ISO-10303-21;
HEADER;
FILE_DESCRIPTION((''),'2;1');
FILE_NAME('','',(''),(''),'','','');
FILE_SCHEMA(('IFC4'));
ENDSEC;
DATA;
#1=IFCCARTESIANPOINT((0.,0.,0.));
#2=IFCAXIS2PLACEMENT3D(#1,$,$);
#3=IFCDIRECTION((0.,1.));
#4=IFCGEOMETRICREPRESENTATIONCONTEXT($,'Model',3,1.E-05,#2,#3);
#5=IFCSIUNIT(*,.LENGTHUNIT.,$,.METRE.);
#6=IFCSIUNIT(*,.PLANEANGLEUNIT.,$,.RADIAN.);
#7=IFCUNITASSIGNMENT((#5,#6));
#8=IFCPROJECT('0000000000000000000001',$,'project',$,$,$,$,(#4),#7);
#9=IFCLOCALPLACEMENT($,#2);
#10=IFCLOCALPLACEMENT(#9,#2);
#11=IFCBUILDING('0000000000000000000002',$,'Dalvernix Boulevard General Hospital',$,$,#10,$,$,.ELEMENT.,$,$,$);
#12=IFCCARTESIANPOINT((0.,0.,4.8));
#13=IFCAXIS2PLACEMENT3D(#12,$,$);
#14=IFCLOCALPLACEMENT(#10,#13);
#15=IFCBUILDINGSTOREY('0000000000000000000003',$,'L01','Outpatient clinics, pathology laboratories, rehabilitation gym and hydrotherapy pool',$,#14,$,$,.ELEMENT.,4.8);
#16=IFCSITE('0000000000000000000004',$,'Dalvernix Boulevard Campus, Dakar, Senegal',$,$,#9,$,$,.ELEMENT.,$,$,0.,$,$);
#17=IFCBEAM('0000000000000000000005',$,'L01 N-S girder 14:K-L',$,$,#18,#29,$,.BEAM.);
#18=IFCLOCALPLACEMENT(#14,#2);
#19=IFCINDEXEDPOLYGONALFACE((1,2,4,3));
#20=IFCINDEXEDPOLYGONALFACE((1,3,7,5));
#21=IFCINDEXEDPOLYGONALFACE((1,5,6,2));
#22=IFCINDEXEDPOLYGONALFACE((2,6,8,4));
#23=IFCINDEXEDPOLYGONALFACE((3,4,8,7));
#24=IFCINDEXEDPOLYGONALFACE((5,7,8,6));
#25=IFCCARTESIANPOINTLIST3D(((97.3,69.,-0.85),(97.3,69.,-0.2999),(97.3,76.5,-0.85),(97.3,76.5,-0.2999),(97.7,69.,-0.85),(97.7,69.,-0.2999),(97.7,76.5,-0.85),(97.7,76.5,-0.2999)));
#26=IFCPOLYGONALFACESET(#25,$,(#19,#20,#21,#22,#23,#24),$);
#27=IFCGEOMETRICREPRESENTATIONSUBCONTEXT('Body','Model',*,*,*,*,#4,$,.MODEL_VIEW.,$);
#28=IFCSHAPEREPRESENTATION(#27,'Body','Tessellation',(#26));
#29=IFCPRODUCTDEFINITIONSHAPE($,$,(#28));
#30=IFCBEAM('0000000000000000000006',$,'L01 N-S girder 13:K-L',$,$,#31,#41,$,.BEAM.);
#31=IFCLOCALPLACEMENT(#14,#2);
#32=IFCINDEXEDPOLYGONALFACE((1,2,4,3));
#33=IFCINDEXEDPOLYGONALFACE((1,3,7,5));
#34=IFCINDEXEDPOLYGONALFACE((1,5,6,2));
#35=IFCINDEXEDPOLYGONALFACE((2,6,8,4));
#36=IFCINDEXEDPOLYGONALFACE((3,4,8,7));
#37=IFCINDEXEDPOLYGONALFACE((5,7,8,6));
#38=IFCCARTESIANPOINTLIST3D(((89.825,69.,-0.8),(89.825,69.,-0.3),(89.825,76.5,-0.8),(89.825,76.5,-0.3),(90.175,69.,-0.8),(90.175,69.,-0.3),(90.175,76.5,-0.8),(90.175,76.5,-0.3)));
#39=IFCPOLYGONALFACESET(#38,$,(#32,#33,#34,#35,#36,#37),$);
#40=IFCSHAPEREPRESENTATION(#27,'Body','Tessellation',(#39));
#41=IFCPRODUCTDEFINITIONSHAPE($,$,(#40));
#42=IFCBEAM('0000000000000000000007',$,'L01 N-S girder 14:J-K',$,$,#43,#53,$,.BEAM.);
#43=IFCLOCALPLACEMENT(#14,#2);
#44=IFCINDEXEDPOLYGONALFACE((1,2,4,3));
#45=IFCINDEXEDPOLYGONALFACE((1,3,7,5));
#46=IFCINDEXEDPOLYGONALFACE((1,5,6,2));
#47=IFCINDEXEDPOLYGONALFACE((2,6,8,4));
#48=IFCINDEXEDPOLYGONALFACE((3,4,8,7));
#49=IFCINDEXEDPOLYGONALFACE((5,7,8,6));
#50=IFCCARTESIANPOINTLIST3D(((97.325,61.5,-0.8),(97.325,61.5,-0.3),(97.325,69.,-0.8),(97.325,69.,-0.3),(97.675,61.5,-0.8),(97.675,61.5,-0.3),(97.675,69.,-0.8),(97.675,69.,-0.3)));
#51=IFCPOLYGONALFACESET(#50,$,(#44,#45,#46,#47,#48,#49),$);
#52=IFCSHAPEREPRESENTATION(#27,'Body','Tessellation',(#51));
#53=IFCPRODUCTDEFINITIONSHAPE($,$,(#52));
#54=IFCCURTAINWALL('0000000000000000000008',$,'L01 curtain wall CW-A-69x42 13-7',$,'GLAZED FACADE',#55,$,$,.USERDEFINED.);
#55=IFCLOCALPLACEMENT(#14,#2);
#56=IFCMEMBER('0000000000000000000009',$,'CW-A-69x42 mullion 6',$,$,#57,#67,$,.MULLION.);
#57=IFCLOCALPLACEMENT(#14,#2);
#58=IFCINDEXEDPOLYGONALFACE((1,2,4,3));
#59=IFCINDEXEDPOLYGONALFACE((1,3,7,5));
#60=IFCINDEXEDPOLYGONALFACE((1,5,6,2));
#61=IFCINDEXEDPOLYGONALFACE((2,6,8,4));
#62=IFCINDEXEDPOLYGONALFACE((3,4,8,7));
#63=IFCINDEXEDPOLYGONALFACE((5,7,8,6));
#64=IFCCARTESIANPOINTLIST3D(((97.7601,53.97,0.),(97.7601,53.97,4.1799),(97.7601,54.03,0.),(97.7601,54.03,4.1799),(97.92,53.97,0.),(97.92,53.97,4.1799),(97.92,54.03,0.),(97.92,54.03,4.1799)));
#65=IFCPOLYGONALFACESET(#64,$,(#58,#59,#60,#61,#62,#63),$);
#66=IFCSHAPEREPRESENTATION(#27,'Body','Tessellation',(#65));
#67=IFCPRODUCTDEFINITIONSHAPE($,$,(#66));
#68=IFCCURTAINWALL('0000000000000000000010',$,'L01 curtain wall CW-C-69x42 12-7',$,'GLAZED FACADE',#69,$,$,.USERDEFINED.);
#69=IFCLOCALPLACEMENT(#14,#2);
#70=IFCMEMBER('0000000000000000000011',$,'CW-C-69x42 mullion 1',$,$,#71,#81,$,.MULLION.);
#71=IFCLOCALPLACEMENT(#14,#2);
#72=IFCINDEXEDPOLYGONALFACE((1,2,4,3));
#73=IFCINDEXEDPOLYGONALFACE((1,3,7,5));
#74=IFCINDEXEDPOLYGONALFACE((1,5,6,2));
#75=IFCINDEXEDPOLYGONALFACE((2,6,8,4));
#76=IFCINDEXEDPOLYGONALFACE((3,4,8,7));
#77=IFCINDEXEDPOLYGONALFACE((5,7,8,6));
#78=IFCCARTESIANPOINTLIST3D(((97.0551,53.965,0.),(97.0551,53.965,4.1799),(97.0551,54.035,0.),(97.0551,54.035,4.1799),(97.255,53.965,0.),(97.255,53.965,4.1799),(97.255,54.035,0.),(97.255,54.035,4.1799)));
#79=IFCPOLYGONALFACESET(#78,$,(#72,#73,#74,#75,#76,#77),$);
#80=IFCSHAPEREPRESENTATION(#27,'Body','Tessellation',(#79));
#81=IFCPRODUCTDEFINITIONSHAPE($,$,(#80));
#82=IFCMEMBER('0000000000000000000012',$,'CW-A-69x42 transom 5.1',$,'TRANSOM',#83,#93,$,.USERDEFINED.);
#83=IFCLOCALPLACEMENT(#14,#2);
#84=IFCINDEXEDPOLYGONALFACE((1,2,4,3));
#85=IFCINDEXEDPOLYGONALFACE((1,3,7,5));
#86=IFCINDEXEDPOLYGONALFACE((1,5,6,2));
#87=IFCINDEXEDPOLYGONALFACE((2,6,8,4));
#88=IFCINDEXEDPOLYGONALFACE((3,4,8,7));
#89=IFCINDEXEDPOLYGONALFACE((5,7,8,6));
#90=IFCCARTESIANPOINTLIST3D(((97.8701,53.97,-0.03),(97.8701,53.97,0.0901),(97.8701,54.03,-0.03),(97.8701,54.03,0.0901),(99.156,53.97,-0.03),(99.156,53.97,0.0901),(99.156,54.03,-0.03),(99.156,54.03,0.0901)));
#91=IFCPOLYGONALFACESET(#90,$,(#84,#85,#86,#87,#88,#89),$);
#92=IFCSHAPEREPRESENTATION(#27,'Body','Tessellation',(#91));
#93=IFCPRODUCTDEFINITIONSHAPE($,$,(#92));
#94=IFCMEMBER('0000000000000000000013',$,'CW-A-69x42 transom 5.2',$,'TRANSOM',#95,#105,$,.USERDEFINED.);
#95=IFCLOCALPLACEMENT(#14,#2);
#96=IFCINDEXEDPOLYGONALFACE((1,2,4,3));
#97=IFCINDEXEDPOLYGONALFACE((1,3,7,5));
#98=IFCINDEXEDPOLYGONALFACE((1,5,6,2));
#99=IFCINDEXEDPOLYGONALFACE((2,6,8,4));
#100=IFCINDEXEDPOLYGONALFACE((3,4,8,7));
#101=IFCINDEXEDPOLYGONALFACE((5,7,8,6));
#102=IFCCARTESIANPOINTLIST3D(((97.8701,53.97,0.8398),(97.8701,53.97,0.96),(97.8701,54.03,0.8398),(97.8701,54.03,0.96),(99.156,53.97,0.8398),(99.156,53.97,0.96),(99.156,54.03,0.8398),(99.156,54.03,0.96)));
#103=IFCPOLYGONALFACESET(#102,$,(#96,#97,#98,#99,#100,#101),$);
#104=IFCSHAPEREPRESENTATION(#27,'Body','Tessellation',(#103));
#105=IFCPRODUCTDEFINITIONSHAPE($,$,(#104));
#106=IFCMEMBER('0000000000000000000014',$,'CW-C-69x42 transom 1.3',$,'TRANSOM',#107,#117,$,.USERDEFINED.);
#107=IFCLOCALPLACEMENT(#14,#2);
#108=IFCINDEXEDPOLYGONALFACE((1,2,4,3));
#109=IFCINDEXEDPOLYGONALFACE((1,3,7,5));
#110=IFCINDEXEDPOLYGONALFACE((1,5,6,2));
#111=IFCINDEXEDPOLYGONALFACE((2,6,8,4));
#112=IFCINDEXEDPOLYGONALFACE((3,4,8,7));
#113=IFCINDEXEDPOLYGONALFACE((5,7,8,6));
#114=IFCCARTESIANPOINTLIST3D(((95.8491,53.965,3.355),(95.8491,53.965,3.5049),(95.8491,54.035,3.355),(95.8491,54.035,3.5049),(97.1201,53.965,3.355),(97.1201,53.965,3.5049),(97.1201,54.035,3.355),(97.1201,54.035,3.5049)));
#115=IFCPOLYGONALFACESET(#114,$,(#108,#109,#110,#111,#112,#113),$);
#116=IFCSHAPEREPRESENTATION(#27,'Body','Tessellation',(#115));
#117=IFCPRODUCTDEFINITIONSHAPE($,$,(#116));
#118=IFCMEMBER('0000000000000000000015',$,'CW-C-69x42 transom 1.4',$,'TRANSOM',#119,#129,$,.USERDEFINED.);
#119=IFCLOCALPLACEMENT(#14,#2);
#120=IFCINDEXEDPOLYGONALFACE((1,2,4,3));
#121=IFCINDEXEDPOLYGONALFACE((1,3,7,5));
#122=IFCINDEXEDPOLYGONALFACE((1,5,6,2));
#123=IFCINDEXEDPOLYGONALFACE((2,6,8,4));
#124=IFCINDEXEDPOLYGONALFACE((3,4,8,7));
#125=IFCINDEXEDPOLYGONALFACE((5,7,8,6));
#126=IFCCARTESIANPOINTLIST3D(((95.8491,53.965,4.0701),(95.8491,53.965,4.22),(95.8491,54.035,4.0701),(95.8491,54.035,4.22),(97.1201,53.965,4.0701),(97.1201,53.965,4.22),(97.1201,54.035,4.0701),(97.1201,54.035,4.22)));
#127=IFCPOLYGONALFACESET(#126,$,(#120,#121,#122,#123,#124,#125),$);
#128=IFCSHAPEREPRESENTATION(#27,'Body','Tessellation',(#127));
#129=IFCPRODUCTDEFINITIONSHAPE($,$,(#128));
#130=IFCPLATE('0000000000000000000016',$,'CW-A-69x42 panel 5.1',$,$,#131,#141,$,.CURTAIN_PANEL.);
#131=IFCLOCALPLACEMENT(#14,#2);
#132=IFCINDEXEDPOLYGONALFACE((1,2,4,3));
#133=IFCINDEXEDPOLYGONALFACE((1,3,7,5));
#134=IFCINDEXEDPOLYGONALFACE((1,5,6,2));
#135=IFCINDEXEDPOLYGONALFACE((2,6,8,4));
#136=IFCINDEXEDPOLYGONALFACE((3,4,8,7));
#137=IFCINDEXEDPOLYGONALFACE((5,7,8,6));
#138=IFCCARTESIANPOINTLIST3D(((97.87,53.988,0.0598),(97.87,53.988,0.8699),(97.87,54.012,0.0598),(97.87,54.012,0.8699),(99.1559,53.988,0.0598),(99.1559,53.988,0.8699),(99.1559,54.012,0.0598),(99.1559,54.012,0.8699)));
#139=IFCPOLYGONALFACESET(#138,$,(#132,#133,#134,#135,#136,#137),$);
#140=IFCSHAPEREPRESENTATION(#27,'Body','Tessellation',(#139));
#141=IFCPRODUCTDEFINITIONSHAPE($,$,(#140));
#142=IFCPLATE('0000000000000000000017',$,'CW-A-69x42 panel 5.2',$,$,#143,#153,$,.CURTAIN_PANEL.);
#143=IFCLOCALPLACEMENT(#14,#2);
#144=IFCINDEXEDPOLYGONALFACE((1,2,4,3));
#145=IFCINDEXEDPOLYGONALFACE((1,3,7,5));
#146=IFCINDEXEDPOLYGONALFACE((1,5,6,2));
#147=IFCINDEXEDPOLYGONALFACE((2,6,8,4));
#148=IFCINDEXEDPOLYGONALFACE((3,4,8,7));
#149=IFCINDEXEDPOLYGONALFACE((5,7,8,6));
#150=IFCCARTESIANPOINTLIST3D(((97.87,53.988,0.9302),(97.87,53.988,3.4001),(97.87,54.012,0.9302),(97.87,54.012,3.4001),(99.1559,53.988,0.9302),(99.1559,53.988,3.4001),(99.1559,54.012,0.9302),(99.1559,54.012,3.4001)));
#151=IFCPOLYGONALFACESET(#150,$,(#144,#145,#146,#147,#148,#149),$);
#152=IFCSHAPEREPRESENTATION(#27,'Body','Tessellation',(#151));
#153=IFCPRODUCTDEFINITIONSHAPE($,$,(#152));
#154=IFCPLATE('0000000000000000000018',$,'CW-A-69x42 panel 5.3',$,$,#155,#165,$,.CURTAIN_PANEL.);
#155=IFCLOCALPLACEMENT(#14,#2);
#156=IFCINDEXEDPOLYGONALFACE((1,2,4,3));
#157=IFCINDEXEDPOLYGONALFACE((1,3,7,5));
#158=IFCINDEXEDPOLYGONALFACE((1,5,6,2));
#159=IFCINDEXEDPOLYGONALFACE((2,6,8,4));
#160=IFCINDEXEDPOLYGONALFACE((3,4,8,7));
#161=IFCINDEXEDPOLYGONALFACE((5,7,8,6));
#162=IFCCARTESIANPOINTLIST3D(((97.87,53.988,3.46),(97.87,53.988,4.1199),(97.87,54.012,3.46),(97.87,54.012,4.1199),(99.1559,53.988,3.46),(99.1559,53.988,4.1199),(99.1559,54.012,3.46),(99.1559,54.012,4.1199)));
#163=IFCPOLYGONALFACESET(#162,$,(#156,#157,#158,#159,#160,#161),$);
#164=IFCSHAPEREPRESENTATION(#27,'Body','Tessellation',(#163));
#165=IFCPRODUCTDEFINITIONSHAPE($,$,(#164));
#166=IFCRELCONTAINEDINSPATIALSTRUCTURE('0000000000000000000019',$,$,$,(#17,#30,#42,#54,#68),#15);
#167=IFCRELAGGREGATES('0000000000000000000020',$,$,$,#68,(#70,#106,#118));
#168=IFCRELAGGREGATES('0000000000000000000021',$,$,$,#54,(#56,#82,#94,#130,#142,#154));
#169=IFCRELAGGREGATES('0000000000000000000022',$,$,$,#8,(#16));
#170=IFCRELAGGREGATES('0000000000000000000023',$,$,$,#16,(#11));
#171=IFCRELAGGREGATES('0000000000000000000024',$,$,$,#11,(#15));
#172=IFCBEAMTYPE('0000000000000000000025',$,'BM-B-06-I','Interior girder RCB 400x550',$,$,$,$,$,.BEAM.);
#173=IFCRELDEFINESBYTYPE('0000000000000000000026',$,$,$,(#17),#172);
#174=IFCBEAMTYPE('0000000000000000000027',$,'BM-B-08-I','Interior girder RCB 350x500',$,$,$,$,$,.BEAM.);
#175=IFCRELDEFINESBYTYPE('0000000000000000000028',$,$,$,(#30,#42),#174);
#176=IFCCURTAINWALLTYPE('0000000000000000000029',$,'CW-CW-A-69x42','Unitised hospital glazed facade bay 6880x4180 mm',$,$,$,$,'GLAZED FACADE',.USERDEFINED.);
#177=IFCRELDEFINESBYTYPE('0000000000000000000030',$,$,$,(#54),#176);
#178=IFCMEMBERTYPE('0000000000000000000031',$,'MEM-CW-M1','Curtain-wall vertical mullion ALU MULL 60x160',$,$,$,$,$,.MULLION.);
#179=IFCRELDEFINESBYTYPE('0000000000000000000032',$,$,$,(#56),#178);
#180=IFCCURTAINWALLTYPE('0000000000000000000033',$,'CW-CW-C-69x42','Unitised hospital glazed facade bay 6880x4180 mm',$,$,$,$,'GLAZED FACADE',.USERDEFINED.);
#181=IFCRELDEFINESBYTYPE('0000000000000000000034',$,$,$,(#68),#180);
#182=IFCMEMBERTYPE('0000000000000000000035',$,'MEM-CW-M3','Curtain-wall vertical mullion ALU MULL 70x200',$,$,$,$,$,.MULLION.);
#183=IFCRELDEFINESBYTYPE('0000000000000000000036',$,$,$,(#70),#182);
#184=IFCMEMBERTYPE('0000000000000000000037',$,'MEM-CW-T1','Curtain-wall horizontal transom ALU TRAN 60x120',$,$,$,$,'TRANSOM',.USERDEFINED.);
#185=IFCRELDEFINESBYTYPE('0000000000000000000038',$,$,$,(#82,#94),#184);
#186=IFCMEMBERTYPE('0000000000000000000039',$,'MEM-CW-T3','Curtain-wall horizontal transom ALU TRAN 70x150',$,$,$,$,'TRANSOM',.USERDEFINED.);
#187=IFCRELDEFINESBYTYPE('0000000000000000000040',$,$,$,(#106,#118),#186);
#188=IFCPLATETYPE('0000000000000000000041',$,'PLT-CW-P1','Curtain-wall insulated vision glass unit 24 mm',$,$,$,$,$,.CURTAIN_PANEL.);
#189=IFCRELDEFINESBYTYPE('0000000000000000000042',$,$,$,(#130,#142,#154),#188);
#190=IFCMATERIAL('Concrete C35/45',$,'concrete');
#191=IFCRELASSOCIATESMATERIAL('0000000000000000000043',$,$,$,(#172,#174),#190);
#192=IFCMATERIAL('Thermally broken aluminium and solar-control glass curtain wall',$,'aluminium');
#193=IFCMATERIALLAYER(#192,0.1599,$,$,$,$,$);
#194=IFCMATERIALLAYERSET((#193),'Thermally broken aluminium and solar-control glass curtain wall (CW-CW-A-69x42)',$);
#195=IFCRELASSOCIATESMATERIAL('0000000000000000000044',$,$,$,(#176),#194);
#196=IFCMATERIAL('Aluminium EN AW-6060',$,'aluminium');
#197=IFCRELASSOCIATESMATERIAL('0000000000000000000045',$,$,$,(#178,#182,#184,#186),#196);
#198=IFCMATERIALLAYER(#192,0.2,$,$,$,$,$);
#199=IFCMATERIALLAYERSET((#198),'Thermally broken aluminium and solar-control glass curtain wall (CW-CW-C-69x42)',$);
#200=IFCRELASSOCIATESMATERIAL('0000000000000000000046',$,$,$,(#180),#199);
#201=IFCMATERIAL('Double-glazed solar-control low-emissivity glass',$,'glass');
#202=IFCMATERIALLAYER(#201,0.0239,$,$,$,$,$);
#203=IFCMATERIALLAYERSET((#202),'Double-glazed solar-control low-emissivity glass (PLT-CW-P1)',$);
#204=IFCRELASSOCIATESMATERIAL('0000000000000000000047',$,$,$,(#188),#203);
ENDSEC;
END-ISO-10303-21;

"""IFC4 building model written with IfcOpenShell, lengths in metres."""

from ifc_helpers import new_model, si_unit, direction, frame, origin, origin_2d, place, context, subcontext, project, spatial, rectangle, extrude, material, layer, layer_set, material_profile, profile_set, type_object, element, aggregate, save


model = new_model("IFC4")

# Units and contexts
model_context = context("Model", 3, precision=1e-05, world=origin(), true_north=direction((0.0, 1.0)))
body_context = subcontext(model_context, "Body", "Model", "MODEL_VIEW")
ifc_project = project(units=[si_unit("LENGTHUNIT", "METRE"), si_unit("PLANEANGLEUNIT", "RADIAN")], contexts=[model_context])

# Site, building, storey
site_placement = place(None, origin())
site = spatial("IfcSite", under=ifc_project, at=site_placement, Name="Dalvernix Boulevard Campus, Dakar, Senegal", CompositionType="ELEMENT", RefElevation=0.0)
building_placement = place(site_placement, origin())
building = spatial("IfcBuilding", under=site, at=building_placement, Name="Dalvernix Boulevard General Hospital", CompositionType="ELEMENT")
storey_placement = place(building_placement, frame((0.0, 0.0, 4.8)))
storey = spatial("IfcBuildingStorey", under=building, at=storey_placement, Name="L01", Description="Outpatient clinics, pathology laboratories, rehabilitation gym and hydrotherapy pool", CompositionType="ELEMENT", Elevation=4.8)

# Beams
ifc_material_1 = material(Name="Concrete C35/45", Category="concrete")
ifc_material_profile_1 = material_profile(ifc_material_1, rectangle(XDim=0.3999, YDim=0.55, at=origin_2d()), Name="RCB 400x550")
ifc_profile_set_1 = profile_set([ifc_material_profile_1], Name="Concrete C35/45")
beam_type_1 = type_object("IfcBeamType", Name="BM-B-06-I", Description="Interior girder RCB 400x550", PredefinedType="BEAM", material=ifc_profile_set_1)
for number, where, z_axis, x_axis, name in (
    (1, (97.5, 69.0, -0.575), (0.0, 1.0, 0.0), (-1.0, 0.0, 0.0), "L01 N-S girder 14:K-L"),
):
    element("IfcBeam", number, at=place(storey_placement, frame(where, z_axis=z_axis, x_axis=x_axis)), inside=storey, type_object=beam_type_1, Name=name, PredefinedType="BEAM", context=body_context, shape_type="SweptSolid", body=[
        extrude(rectangle(XDim=0.3999, YDim=0.55, at=origin_2d()), origin(), (0.0, 0.0, 1.0), 7.5),
    ])
ifc_material_profile_2 = material_profile(ifc_material_1, rectangle(XDim=0.3501, YDim=0.5, at=origin_2d()), Name="RCB 350x500")
ifc_profile_set_2 = profile_set([ifc_material_profile_2], Name="Concrete C35/45")
beam_type_2 = type_object("IfcBeamType", Name="BM-B-08-I", Description="Interior girder RCB 350x500", PredefinedType="BEAM", material=ifc_profile_set_2)
for number, where, z_axis, x_axis, name in (
    (2, (90.0, 69.0, -0.55), (0.0, 1.0, 0.0), (-1.0, 0.0, 0.0), "L01 N-S girder 13:K-L"),
    (3, (97.5, 61.5, -0.55), (0.0, 1.0, 0.0), (-1.0, 0.0, 0.0), "L01 N-S girder 14:J-K"),
):
    element("IfcBeam", number, at=place(storey_placement, frame(where, z_axis=z_axis, x_axis=x_axis)), inside=storey, type_object=beam_type_2, Name=name, PredefinedType="BEAM", context=body_context, shape_type="SweptSolid", body=[
        extrude(rectangle(XDim=0.3501, YDim=0.5, at=origin_2d()), origin(), (0.0, 0.0, 1.0), 7.5),
    ])

# Curtain walls, members
ifc_material_2 = material(Name="Thermally broken aluminium and solar-control glass curtain wall", Category="aluminium")
ifc_layer_1 = layer(ifc_material_2, 0.1599)
ifc_layer_set_1 = layer_set([ifc_layer_1], Name="Thermally broken aluminium and solar-control glass curtain wall (CW-CW-A-69x42)")
curtain_wall_type_1 = type_object("IfcCurtainWallType", Name="CW-CW-A-69x42", Description="Unitised hospital glazed facade bay 6880x4180 mm", ElementType="GLAZED FACADE", PredefinedType="USERDEFINED", material=ifc_layer_set_1)
curtain_wall_1_placement = place(storey_placement, origin())
curtain_wall_1 = element("IfcCurtainWall", 4, at=curtain_wall_1_placement, inside=storey, type_object=curtain_wall_type_1, Name="L01 curtain wall CW-A-69x42 13-7", ObjectType="GLAZED FACADE", PredefinedType="USERDEFINED")
ifc_material_3 = material(Name="Aluminium EN AW-6060", Category="aluminium")
ifc_material_profile_3 = material_profile(ifc_material_3, rectangle(XDim=0.0601, YDim=0.1599, at=origin_2d()), Name="ALU MULL 60x160")
ifc_profile_set_3 = profile_set([ifc_material_profile_3], Name="Aluminium EN AW-6060")
member_type_1 = type_object("IfcMemberType", Name="MEM-CW-M1", Description="Curtain-wall vertical mullion ALU MULL 60x160", PredefinedType="MULLION", material=ifc_profile_set_3)
member_1_placement = place(storey_placement, frame((97.8401, 54.0, 0.0), z_axis=(0.0, 0.0, 1.0), x_axis=(0.0, -1.0, 0.0)))
member_1 = element("IfcMember", 5, at=member_1_placement, type_object=member_type_1, Name="CW-A-69x42 mullion 6", PredefinedType="MULLION", context=body_context, shape_type="SweptSolid", body=[
    extrude(rectangle(XDim=0.0601, YDim=0.1599, at=origin_2d()), origin(), (0.0, 0.0, 1.0), 4.1799),
])
ifc_layer_2 = layer(ifc_material_2, 0.2)
ifc_layer_set_2 = layer_set([ifc_layer_2], Name="Thermally broken aluminium and solar-control glass curtain wall (CW-CW-C-69x42)")
curtain_wall_type_2 = type_object("IfcCurtainWallType", Name="CW-CW-C-69x42", Description="Unitised hospital glazed facade bay 6880x4180 mm", ElementType="GLAZED FACADE", PredefinedType="USERDEFINED", material=ifc_layer_set_2)
curtain_wall_2_placement = place(storey_placement, origin())
curtain_wall_2 = element("IfcCurtainWall", 6, at=curtain_wall_2_placement, inside=storey, type_object=curtain_wall_type_2, Name="L01 curtain wall CW-C-69x42 12-7", ObjectType="GLAZED FACADE", PredefinedType="USERDEFINED")
ifc_material_profile_4 = material_profile(ifc_material_3, rectangle(XDim=0.0701, YDim=0.2, at=origin_2d()), Name="ALU MULL 70x200")
ifc_profile_set_4 = profile_set([ifc_material_profile_4], Name="Aluminium EN AW-6060")
member_type_2 = type_object("IfcMemberType", Name="MEM-CW-M3", Description="Curtain-wall vertical mullion ALU MULL 70x200", PredefinedType="MULLION", material=ifc_profile_set_4)
member_2_placement = place(storey_placement, frame((97.155, 54.0, 0.0), z_axis=(0.0, 0.0, 1.0), x_axis=(0.0, -1.0, 0.0)))
member_2 = element("IfcMember", 7, at=member_2_placement, type_object=member_type_2, Name="CW-C-69x42 mullion 1", PredefinedType="MULLION", context=body_context, shape_type="SweptSolid", body=[
    extrude(rectangle(XDim=0.0701, YDim=0.2, at=origin_2d()), origin(), (0.0, 0.0, 1.0), 4.1799),
])

# Members
ifc_material_profile_5 = material_profile(ifc_material_3, rectangle(XDim=0.0601, YDim=0.1201, at=origin_2d()), Name="ALU TRAN 60x120")
ifc_profile_set_5 = profile_set([ifc_material_profile_5], Name="Aluminium EN AW-6060")
member_type_3 = type_object("IfcMemberType", Name="MEM-CW-T1", Description="Curtain-wall horizontal transom ALU TRAN 60x120", ElementType="TRANSOM", PredefinedType="USERDEFINED", material=ifc_profile_set_5)
member_3_placement = place(storey_placement, frame((99.156, 54.0, 0.03), z_axis=(-1.0, 0.0, 0.0), x_axis=(0.0, -1.0, 0.0)))
member_3 = element("IfcMember", 8, at=member_3_placement, type_object=member_type_3, Name="CW-A-69x42 transom 5.1", ObjectType="TRANSOM", PredefinedType="USERDEFINED", context=body_context, shape_type="SweptSolid", body=[
    extrude(rectangle(XDim=0.0601, YDim=0.1201, at=origin_2d()), origin(), (0.0, 0.0, 1.0), 1.2859),
])
member_4_placement = place(storey_placement, frame((99.156, 54.0, 0.8999), z_axis=(-1.0, 0.0, 0.0), x_axis=(0.0, -1.0, 0.0)))
member_4 = element("IfcMember", 9, at=member_4_placement, type_object=member_type_3, Name="CW-A-69x42 transom 5.2", ObjectType="TRANSOM", PredefinedType="USERDEFINED", context=body_context, shape_type="SweptSolid", body=[
    extrude(rectangle(XDim=0.0601, YDim=0.1201, at=origin_2d()), origin(), (0.0, 0.0, 1.0), 1.2859),
])
ifc_material_profile_6 = material_profile(ifc_material_3, rectangle(XDim=0.0701, YDim=0.1499, at=origin_2d()), Name="ALU TRAN 70x150")
ifc_profile_set_6 = profile_set([ifc_material_profile_6], Name="Aluminium EN AW-6060")
member_type_4 = type_object("IfcMemberType", Name="MEM-CW-T3", Description="Curtain-wall horizontal transom ALU TRAN 70x150", ElementType="TRANSOM", PredefinedType="USERDEFINED", material=ifc_profile_set_6)
member_5_placement = place(storey_placement, frame((97.1201, 54.0, 3.4299), z_axis=(-1.0, 0.0, 0.0), x_axis=(0.0, -1.0, 0.0)))
member_5 = element("IfcMember", 10, at=member_5_placement, type_object=member_type_4, Name="CW-C-69x42 transom 1.3", ObjectType="TRANSOM", PredefinedType="USERDEFINED", context=body_context, shape_type="SweptSolid", body=[
    extrude(rectangle(XDim=0.0701, YDim=0.1499, at=origin_2d()), origin(), (0.0, 0.0, 1.0), 1.271),
])
member_6_placement = place(storey_placement, frame((97.1201, 54.0, 4.145), z_axis=(-1.0, 0.0, 0.0), x_axis=(0.0, -1.0, 0.0)))
member_6 = element("IfcMember", 11, at=member_6_placement, type_object=member_type_4, Name="CW-C-69x42 transom 1.4", ObjectType="TRANSOM", PredefinedType="USERDEFINED", context=body_context, shape_type="SweptSolid", body=[
    extrude(rectangle(XDim=0.0701, YDim=0.1499, at=origin_2d()), origin(), (0.0, 0.0, 1.0), 1.271),
])
aggregate(curtain_wall_2, [member_2, member_5, member_6])

# Plates
ifc_material_4 = material(Name="Double-glazed solar-control low-emissivity glass", Category="glass")
ifc_layer_3 = layer(ifc_material_4, 0.0239)
ifc_layer_set_3 = layer_set([ifc_layer_3], Name="Double-glazed solar-control low-emissivity glass (PLT-CW-P1)")
plate_type = type_object("IfcPlateType", Name="PLT-CW-P1", Description="Curtain-wall insulated vision glass unit 24 mm", PredefinedType="CURTAIN_PANEL", material=ifc_layer_set_3)
plate_1_placement = place(storey_placement, frame((98.5129, 54.0, 0.0598), z_axis=(0.0, 0.0, 1.0), x_axis=(-1.0, 0.0, 0.0)))
plate_1 = element("IfcPlate", 12, at=plate_1_placement, type_object=plate_type, Name="CW-A-69x42 panel 5.1", PredefinedType="CURTAIN_PANEL", context=body_context, shape_type="SweptSolid", body=[
    extrude(rectangle(XDim=1.2859, YDim=0.0239, at=origin_2d()), origin(), (0.0, 0.0, 1.0), 0.8101),
])
plate_2_placement = place(storey_placement, frame((98.5129, 54.0, 0.9302), z_axis=(0.0, 0.0, 1.0), x_axis=(-1.0, 0.0, 0.0)))
plate_2 = element("IfcPlate", 13, at=plate_2_placement, type_object=plate_type, Name="CW-A-69x42 panel 5.2", PredefinedType="CURTAIN_PANEL", context=body_context, shape_type="SweptSolid", body=[
    extrude(rectangle(XDim=1.2859, YDim=0.0239, at=origin_2d()), origin(), (0.0, 0.0, 1.0), 2.47),
])
plate_3_placement = place(storey_placement, frame((98.5129, 54.0, 3.46), z_axis=(0.0, 0.0, 1.0), x_axis=(-1.0, 0.0, 0.0)))
plate_3 = element("IfcPlate", 14, at=plate_3_placement, type_object=plate_type, Name="CW-A-69x42 panel 5.3", PredefinedType="CURTAIN_PANEL", context=body_context, shape_type="SweptSolid", body=[
    extrude(rectangle(XDim=1.2859, YDim=0.0239, at=origin_2d()), origin(), (0.0, 0.0, 1.0), 0.6599),
])
aggregate(curtain_wall_1, [member_1, member_3, member_4, plate_1, plate_2, plate_3])

save(model, "model.ifc")
